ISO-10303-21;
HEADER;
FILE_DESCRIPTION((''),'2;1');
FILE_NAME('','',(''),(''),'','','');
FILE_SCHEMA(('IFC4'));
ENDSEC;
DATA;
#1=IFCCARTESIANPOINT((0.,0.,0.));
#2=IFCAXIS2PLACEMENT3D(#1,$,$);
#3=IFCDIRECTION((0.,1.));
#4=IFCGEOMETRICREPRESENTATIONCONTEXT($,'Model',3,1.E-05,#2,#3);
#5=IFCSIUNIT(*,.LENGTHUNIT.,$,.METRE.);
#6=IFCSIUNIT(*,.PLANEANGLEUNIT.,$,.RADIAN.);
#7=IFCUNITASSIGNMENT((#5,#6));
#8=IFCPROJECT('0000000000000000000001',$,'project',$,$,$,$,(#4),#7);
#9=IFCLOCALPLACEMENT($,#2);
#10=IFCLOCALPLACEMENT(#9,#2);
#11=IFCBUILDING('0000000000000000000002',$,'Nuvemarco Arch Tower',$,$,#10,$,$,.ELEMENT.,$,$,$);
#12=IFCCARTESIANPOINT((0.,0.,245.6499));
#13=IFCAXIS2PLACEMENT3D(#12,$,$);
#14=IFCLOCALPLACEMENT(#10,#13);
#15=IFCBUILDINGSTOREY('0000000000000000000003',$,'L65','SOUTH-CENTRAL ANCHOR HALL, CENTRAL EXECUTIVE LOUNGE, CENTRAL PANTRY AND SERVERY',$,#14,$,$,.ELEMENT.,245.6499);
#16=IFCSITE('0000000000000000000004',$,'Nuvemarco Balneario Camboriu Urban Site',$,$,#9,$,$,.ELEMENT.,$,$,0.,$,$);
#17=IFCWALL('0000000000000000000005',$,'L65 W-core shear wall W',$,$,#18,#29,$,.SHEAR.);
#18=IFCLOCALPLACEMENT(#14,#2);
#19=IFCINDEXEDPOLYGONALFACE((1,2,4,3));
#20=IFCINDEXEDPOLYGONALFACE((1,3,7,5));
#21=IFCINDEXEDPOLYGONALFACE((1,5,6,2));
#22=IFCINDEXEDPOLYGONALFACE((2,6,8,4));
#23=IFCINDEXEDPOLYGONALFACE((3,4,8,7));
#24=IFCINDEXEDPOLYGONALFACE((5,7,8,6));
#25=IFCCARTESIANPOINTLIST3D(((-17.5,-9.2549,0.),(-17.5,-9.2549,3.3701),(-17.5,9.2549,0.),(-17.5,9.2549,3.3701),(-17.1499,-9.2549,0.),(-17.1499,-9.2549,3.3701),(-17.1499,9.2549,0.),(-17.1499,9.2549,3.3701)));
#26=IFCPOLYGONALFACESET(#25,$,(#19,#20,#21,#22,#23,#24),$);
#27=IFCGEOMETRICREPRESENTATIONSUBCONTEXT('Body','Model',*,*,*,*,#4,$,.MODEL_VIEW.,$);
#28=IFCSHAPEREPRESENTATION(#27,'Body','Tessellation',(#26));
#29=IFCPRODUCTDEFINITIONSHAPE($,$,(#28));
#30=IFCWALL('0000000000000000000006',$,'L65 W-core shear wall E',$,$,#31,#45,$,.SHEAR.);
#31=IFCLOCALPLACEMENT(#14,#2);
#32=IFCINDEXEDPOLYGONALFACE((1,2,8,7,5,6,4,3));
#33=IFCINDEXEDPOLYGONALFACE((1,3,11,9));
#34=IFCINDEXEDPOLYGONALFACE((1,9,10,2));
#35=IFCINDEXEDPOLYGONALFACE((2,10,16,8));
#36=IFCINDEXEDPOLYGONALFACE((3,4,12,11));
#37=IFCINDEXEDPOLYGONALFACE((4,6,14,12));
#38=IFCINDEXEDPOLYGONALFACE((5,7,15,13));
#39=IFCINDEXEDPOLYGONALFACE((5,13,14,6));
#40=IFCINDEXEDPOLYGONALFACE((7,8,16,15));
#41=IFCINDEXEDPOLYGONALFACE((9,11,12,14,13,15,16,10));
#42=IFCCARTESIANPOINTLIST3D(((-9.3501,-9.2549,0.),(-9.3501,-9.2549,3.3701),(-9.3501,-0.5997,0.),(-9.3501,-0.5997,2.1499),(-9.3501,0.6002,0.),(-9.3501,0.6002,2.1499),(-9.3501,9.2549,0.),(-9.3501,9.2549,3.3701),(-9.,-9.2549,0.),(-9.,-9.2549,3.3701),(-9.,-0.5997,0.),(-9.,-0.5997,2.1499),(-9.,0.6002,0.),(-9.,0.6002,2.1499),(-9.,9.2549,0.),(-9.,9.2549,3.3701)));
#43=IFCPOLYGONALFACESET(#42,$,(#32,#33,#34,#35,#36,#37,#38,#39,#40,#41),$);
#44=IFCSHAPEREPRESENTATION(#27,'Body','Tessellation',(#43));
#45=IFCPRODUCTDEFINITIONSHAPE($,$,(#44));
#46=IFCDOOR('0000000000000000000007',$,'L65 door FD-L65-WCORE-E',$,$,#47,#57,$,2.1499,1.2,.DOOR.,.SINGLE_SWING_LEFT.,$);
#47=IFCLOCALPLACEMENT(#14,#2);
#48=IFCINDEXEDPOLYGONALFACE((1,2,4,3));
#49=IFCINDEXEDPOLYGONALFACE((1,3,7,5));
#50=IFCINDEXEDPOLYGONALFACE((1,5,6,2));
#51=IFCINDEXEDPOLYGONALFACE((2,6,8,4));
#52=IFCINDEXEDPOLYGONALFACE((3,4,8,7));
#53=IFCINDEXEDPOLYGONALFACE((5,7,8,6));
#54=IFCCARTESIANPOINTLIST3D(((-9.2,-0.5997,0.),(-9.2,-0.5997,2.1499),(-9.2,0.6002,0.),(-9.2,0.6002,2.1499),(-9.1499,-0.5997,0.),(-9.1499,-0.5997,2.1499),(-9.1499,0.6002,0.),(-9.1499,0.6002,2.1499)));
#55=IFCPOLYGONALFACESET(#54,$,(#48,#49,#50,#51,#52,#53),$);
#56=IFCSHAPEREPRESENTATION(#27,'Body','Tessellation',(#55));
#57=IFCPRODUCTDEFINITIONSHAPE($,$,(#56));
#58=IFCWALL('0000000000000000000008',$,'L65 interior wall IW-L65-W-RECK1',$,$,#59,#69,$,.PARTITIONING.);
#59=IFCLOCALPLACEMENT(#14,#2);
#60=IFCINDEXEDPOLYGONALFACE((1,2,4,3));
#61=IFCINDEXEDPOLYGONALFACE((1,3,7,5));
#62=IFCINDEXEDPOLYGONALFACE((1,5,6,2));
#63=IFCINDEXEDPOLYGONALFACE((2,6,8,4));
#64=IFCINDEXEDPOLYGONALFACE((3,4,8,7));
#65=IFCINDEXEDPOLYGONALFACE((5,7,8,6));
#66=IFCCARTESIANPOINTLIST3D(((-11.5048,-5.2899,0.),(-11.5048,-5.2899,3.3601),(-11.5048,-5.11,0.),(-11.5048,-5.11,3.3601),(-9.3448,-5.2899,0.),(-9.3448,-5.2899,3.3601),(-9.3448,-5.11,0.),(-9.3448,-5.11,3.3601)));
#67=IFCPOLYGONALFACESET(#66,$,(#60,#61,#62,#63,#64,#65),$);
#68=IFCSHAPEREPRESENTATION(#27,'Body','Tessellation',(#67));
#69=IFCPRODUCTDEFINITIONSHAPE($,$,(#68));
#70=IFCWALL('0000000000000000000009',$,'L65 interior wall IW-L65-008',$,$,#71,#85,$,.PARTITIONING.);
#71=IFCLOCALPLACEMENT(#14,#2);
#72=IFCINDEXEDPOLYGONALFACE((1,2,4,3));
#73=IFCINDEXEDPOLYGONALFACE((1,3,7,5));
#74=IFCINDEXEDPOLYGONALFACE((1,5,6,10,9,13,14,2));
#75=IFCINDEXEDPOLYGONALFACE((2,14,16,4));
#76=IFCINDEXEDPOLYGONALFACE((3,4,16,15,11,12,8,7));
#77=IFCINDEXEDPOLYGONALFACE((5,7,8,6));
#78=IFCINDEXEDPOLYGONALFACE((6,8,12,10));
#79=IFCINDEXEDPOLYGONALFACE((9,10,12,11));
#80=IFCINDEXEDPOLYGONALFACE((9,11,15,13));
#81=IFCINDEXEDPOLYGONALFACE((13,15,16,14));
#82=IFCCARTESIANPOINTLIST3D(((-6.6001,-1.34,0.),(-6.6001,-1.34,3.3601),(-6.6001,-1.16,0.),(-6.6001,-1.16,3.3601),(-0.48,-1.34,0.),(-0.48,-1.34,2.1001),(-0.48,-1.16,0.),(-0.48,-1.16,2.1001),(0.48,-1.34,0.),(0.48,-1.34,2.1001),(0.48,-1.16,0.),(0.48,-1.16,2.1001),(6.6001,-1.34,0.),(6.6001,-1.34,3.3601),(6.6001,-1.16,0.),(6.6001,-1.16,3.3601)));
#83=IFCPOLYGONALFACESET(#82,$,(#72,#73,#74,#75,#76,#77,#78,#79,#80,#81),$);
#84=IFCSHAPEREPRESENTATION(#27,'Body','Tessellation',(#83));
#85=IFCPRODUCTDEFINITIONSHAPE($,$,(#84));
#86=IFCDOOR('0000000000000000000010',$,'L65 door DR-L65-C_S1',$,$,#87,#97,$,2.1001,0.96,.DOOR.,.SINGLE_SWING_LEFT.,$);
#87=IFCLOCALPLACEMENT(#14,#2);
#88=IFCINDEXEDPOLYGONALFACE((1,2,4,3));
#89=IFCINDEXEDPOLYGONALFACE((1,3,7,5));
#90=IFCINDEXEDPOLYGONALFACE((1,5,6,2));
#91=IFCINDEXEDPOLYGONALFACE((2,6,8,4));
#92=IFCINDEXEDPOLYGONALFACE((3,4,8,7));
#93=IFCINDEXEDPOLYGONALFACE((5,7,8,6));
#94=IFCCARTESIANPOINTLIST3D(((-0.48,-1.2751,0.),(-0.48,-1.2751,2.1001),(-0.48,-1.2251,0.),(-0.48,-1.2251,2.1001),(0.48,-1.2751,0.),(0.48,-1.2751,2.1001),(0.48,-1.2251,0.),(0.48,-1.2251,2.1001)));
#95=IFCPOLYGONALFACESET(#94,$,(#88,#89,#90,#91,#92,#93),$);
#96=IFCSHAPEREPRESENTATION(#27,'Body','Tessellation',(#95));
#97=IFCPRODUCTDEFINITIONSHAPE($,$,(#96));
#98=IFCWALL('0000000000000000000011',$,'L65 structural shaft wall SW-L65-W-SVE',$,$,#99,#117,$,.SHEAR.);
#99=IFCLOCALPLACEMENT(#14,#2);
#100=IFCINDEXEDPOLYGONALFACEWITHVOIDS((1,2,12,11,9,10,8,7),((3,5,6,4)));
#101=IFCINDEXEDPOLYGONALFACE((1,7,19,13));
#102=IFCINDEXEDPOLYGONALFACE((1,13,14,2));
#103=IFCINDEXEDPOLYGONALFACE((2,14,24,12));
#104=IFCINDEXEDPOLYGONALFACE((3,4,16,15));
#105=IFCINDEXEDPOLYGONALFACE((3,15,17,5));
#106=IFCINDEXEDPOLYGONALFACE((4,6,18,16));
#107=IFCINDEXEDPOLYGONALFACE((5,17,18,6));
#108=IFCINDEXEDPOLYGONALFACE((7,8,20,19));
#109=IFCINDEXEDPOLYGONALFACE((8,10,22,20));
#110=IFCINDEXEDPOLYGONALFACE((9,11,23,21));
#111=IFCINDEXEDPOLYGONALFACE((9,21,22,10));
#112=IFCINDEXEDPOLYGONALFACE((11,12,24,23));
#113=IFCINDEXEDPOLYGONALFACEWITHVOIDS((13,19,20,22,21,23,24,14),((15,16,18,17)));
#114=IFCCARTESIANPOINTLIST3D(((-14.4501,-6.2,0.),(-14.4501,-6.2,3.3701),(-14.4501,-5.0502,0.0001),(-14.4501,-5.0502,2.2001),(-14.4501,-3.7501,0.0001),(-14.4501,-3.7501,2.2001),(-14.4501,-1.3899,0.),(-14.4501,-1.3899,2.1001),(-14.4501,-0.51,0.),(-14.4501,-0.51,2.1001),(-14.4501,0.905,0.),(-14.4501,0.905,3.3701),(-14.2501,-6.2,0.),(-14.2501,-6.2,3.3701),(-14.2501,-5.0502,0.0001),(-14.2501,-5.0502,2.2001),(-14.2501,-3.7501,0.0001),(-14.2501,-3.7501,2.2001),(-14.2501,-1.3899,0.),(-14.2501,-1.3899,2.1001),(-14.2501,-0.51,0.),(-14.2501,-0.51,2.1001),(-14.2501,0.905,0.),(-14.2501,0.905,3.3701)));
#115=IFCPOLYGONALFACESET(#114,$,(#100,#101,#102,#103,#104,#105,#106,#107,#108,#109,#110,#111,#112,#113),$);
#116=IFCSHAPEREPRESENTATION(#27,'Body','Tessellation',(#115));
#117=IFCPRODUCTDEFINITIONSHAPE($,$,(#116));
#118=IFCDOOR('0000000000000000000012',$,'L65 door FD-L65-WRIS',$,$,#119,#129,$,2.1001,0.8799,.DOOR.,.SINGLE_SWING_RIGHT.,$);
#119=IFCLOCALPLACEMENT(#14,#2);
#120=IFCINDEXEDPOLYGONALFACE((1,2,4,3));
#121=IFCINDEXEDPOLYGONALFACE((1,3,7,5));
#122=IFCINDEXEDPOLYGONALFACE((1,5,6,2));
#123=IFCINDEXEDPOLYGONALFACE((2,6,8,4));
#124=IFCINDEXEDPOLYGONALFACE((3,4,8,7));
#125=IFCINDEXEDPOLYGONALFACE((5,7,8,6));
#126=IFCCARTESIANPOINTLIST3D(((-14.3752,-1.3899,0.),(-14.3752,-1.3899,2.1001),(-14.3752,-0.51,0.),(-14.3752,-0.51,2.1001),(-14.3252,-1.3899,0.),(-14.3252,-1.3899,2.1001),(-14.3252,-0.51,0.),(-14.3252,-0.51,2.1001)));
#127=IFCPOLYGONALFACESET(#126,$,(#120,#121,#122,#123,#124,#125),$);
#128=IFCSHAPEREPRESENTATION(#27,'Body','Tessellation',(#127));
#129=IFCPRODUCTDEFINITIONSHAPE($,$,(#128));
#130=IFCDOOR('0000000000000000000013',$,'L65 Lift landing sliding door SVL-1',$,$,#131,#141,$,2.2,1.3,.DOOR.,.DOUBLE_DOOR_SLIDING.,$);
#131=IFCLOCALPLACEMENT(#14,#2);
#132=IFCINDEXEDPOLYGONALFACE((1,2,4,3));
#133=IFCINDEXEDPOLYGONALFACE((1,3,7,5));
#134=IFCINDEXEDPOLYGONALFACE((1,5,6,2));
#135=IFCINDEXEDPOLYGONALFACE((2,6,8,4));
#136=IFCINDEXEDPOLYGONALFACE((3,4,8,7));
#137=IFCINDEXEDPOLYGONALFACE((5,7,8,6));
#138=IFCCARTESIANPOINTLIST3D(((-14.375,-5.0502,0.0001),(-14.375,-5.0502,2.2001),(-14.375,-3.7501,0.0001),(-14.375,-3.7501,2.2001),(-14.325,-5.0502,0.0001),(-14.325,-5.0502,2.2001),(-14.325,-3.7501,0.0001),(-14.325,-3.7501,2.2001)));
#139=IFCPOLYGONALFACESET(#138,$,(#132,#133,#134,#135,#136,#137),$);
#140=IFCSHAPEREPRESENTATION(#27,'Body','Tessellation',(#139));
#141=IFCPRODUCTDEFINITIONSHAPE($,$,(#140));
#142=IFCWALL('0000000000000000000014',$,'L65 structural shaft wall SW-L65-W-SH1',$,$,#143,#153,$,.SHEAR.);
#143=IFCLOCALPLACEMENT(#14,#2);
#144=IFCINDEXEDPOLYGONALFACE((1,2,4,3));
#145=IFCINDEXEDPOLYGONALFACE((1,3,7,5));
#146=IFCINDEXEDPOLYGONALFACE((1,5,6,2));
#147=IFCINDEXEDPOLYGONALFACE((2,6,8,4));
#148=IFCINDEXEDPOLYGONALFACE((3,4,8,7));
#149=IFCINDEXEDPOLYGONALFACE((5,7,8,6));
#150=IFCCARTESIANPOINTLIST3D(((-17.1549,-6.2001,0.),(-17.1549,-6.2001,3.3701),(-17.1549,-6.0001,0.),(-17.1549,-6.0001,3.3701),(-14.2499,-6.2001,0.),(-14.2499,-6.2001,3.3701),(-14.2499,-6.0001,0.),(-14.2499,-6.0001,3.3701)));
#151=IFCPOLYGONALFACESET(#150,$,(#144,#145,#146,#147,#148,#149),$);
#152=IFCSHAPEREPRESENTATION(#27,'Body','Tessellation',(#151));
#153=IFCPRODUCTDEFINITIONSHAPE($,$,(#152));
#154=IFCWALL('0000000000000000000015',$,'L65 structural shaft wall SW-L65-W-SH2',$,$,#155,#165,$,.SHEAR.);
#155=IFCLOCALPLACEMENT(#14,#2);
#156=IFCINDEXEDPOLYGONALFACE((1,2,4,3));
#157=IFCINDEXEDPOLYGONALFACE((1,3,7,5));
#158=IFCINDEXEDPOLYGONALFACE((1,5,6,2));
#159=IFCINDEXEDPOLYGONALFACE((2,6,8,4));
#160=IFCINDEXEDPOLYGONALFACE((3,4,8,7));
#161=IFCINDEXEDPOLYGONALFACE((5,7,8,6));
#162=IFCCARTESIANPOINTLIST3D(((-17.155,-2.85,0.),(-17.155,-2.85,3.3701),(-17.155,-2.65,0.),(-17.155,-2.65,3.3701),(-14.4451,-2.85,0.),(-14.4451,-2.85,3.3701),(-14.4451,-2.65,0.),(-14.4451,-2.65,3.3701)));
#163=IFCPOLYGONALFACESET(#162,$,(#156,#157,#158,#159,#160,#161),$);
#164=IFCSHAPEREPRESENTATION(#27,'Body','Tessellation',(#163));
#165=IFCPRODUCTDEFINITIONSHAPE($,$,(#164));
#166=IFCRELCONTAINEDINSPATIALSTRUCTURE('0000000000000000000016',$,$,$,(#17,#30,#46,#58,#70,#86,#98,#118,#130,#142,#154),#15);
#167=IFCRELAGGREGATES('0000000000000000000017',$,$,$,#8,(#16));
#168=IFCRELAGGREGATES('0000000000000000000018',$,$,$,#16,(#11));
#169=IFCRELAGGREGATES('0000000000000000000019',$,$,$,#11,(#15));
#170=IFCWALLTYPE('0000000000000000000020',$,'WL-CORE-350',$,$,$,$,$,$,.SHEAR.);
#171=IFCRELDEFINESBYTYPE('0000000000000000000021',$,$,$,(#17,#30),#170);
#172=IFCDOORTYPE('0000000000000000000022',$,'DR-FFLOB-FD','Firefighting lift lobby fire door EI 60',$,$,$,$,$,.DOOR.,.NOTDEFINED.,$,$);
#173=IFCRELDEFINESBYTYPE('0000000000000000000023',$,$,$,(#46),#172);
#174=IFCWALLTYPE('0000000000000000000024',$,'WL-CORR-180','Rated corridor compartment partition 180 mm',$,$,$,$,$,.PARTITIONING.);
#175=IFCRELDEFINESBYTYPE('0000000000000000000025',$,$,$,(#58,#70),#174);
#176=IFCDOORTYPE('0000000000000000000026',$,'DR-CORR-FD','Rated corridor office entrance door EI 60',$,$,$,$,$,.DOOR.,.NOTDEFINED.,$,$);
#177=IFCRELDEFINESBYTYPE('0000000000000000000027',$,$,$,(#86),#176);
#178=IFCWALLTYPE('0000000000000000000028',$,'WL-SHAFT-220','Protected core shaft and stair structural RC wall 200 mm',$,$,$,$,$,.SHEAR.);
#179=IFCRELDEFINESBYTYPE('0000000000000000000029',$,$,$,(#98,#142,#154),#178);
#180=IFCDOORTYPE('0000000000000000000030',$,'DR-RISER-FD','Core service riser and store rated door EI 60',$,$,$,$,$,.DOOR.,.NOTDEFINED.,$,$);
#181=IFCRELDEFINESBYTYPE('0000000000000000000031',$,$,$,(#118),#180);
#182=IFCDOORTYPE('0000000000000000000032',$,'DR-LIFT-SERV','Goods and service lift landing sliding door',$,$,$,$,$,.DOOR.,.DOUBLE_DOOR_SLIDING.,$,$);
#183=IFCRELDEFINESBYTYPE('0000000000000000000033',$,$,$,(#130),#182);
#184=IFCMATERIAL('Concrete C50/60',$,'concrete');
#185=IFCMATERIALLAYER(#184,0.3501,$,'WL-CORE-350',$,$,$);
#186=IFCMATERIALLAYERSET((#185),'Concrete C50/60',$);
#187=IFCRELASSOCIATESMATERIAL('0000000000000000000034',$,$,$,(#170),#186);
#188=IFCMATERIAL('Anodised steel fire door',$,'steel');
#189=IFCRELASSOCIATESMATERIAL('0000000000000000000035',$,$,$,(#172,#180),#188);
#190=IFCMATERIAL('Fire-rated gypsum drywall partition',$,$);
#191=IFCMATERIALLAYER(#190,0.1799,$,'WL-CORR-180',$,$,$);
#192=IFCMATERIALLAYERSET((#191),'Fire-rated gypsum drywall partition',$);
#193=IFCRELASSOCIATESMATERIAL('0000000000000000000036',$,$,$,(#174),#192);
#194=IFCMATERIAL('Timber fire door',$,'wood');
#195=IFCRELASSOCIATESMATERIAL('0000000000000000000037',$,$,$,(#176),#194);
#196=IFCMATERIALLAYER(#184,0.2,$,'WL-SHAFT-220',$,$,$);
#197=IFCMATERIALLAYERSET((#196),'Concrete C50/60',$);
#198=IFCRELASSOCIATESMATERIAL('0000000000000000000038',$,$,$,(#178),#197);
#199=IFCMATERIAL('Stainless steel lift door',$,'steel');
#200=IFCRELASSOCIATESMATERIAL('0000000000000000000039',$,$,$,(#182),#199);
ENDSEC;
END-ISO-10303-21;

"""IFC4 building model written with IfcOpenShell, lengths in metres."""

from ifc_helpers import new_model, si_unit, direction, frame, frame_2d, origin, place, context, subcontext, project, spatial, rectangle, extrude, source, transform, mapped, material, layer, layer_set, type_object, type_shapes, element, fill, save


model = new_model("IFC4")

# Units and contexts
model_context = context("Model", 3, precision=1e-05, world=origin(), true_north=direction((0.0, 1.0)))
body_context = subcontext(model_context, "Body", "Model", "MODEL_VIEW")
ifc_project = project(units=[si_unit("LENGTHUNIT", "METRE"), si_unit("PLANEANGLEUNIT", "RADIAN")], contexts=[model_context])

# Site, building, storey
site_placement = place(None, origin())
site = spatial("IfcSite", under=ifc_project, at=site_placement, Name="Nuvemarco Balneario Camboriu Urban Site", CompositionType="ELEMENT", RefElevation=0.0)
building_placement = place(site_placement, origin())
building = spatial("IfcBuilding", under=site, at=building_placement, Name="Nuvemarco Arch Tower", CompositionType="ELEMENT")
storey_placement = place(building_placement, frame((0.0, 0.0, 245.6499)))
storey = spatial("IfcBuildingStorey", under=building, at=storey_placement, Name="L65", Description="SOUTH-CENTRAL ANCHOR HALL, CENTRAL EXECUTIVE LOUNGE, CENTRAL PANTRY AND SERVERY", CompositionType="ELEMENT", Elevation=245.6499)

# Shared definitions
ifc_material_1 = material(Name="Concrete C50/60", Category="concrete")

# Wall
ifc_layer_1 = layer(ifc_material_1, 0.3501, Name="WL-CORE-350")
ifc_layer_set_1 = layer_set([ifc_layer_1], Name="Concrete C50/60")
wall_type_1 = type_object("IfcWallType", Name="WL-CORE-350", PredefinedType="SHEAR", material=ifc_layer_set_1)
wall_1_placement = place(storey_placement, frame((-17.325, -9.2549, 0.0), z_axis=(0.0, 0.0, 1.0), x_axis=(0.0, 1.0, 0.0)))
element("IfcWall", 1, at=wall_1_placement, inside=storey, type_object=wall_type_1, Name="L65 W-core shear wall W", PredefinedType="SHEAR", context=body_context, shape_type="SweptSolid", body=[
    extrude(rectangle(XDim=18.5098, YDim=0.3501, at=frame_2d((9.2549, 0.0))), origin(), (0.0, 0.0, 1.0), 3.3701),
])

# Wall, opening, door
wall_2_placement = place(storey_placement, frame((-9.175, -9.2549, 0.0), z_axis=(0.0, 0.0, 1.0), x_axis=(0.0, 1.0, 0.0)))
wall_2 = element("IfcWall", 2, at=wall_2_placement, inside=storey, type_object=wall_type_1, Name="L65 W-core shear wall E", PredefinedType="SHEAR", context=body_context, shape_type="SweptSolid", body=[
    extrude(rectangle(XDim=18.5098, YDim=0.3501, at=frame_2d((9.2549, 0.0))), origin(), (0.0, 0.0, 1.0), 3.3701),
])
opening_1_placement = place(wall_2_placement, frame((8.655, 0.0, 0.0)))
opening_1 = element("IfcOpeningElement", 3, at=opening_1_placement, cuts=wall_2, PredefinedType="OPENING", context=body_context, shape_type="SweptSolid", body=[
    extrude(rectangle(XDim=1.2, YDim=2.1499, at=frame_2d((0.6001, 1.075))), frame((0.0, 0.1851, 0.0), z_axis=(0.0, -1.0, 0.0), x_axis=(1.0, 0.0, 0.0)), (0.0, 0.0, 1.0), 0.3701),
])
ifc_material_2 = material(Name="Anodised steel fire door", Category="steel")
door_type_1 = type_object("IfcDoorType", Name="DR-FFLOB-FD", Description="Firefighting lift lobby fire door EI 60", OperationType="NOTDEFINED", PredefinedType="DOOR", material=ifc_material_2)
shared_shape_1 = source(origin(), body_context, "Body", "SweptSolid", [
    extrude(rectangle(XDim=1.2, YDim=2.1499, at=frame_2d((0.6001, 1.075))), frame((0.0, 0.0249, 0.0), z_axis=(0.0, -1.0, 0.0), x_axis=(1.0, 0.0, 0.0)), (0.0, 0.0, 1.0), 0.05),
])
type_shapes(door_type_1, [shared_shape_1])
door_1_placement = place(opening_1_placement, origin())
door_1 = element("IfcDoor", 4, at=door_1_placement, inside=storey, type_object=door_type_1, Name="L65 door FD-L65-WCORE-E", OperationType="SINGLE_SWING_LEFT", OverallHeight=2.1499, OverallWidth=1.2, PredefinedType="DOOR", context=body_context, shape_type="MappedRepresentation", body=[
    mapped(shared_shape_1, transform((0.0, 0.0, 0.0), scale=1.0)),
])
fill(opening_1, door_1)

# Wall
ifc_material_3 = material(Name="Fire-rated gypsum drywall partition")
ifc_layer_2 = layer(ifc_material_3, 0.1799, Name="WL-CORR-180")
ifc_layer_set_2 = layer_set([ifc_layer_2], Name="Fire-rated gypsum drywall partition")
wall_type_2 = type_object("IfcWallType", Name="WL-CORR-180", Description="Rated corridor compartment partition 180 mm", PredefinedType="PARTITIONING", material=ifc_layer_set_2)
wall_3_placement = place(storey_placement, frame((-11.5049, -5.2, 0.0), z_axis=(0.0, 0.0, 1.0), x_axis=(1.0, 0.0, 0.0)))
element("IfcWall", 5, at=wall_3_placement, inside=storey, type_object=wall_type_2, Name="L65 interior wall IW-L65-W-RECK1", PredefinedType="PARTITIONING", context=body_context, shape_type="SweptSolid", body=[
    extrude(rectangle(XDim=2.1599, YDim=0.1799, at=frame_2d((1.0801, 0.0))), origin(), (0.0, 0.0, 1.0), 3.3601),
])

# Wall, opening, door
wall_4_placement = place(storey_placement, frame((-6.6001, -1.25, 0.0), z_axis=(0.0, 0.0, 1.0), x_axis=(1.0, 0.0, 0.0)))
wall_4 = element("IfcWall", 6, at=wall_4_placement, inside=storey, type_object=wall_type_2, Name="L65 interior wall IW-L65-008", PredefinedType="PARTITIONING", context=body_context, shape_type="SweptSolid", body=[
    extrude(rectangle(XDim=13.2002, YDim=0.1799, at=frame_2d((6.6001, 0.0))), origin(), (0.0, 0.0, 1.0), 3.3601),
])
opening_2_placement = place(wall_4_placement, frame((6.1201, 0.0, 0.0)))
opening_2 = element("IfcOpeningElement", 7, at=opening_2_placement, cuts=wall_4, PredefinedType="OPENING", context=body_context, shape_type="SweptSolid", body=[
    extrude(rectangle(XDim=0.96, YDim=2.1001, at=frame_2d((0.48, 1.05))), frame((0.0, 0.0999, 0.0), z_axis=(0.0, -1.0, 0.0), x_axis=(1.0, 0.0, 0.0)), (0.0, 0.0, 1.0), 0.2),
])
ifc_material_4 = material(Name="Timber fire door", Category="wood")
door_type_2 = type_object("IfcDoorType", Name="DR-CORR-FD", Description="Rated corridor office entrance door EI 60", OperationType="NOTDEFINED", PredefinedType="DOOR", material=ifc_material_4)
shared_shape_2 = source(origin(), body_context, "Body", "SweptSolid", [
    extrude(rectangle(XDim=0.96, YDim=2.1001, at=frame_2d((0.48, 1.05))), frame((0.0, 0.0249, 0.0), z_axis=(0.0, -1.0, 0.0), x_axis=(1.0, 0.0, 0.0)), (0.0, 0.0, 1.0), 0.05),
])
type_shapes(door_type_2, [shared_shape_2])
door_2_placement = place(opening_2_placement, origin())
door_2 = element("IfcDoor", 8, at=door_2_placement, inside=storey, type_object=door_type_2, Name="L65 door DR-L65-C_S1", OperationType="SINGLE_SWING_LEFT", OverallHeight=2.1001, OverallWidth=0.96, PredefinedType="DOOR", context=body_context, shape_type="MappedRepresentation", body=[
    mapped(shared_shape_2, transform((0.0, 0.0, 0.0), scale=1.0)),
])
fill(opening_2, door_2)
ifc_layer_3 = layer(ifc_material_1, 0.2, Name="WL-SHAFT-220")
ifc_layer_set_3 = layer_set([ifc_layer_3], Name="Concrete C50/60")
wall_type_3 = type_object("IfcWallType", Name="WL-SHAFT-220", Description="Protected core shaft and stair structural RC wall 200 mm", PredefinedType="SHEAR", material=ifc_layer_set_3)
ifc_material_5 = material(Name="Stainless steel lift door", Category="steel")

# Wall, openings, doors
wall_5_placement = place(storey_placement, frame((-14.3501, -6.2, 0.0), z_axis=(0.0, 0.0, 1.0), x_axis=(0.0, 1.0, 0.0)))
wall_5 = element("IfcWall", 9, at=wall_5_placement, inside=storey, type_object=wall_type_3, Name="L65 structural shaft wall SW-L65-W-SVE", PredefinedType="SHEAR", context=body_context, shape_type="SweptSolid", body=[
    extrude(rectangle(XDim=7.105, YDim=0.2, at=frame_2d((3.5525, 0.0))), origin(), (0.0, 0.0, 1.0), 3.3701),
])
opening_3_placement = place(wall_5_placement, frame((5.6899, 0.0, 0.0), z_axis=(0.0, 0.0, 1.0), x_axis=(-1.0, 0.0, 0.0)))
opening_3 = element("IfcOpeningElement", 10, at=opening_3_placement, cuts=wall_5, PredefinedType="OPENING", context=body_context, shape_type="SweptSolid", body=[
    extrude(rectangle(XDim=0.8799, YDim=2.1001, at=frame_2d((0.4399, 1.05))), frame((0.0, 0.1099, 0.0), z_axis=(0.0, -1.0, 0.0), x_axis=(1.0, 0.0, 0.0)), (0.0, 0.0, 1.0), 0.22),
])
opening_4_placement = place(wall_5_placement, frame((1.1499, 0.0, 0.0)))
opening_4 = element("IfcOpeningElement", 11, at=opening_4_placement, cuts=wall_5, PredefinedType="OPENING", context=body_context, shape_type="SweptSolid", body=[
    extrude(rectangle(XDim=1.3, YDim=2.2, at=frame_2d((0.6499, 1.1001))), frame((0.0, 0.1099, 0.0), z_axis=(0.0, -1.0, 0.0), x_axis=(1.0, 0.0, 0.0)), (0.0, 0.0, 1.0), 0.22),
])
door_type_3 = type_object("IfcDoorType", Name="DR-RISER-FD", Description="Core service riser and store rated door EI 60", OperationType="NOTDEFINED", PredefinedType="DOOR", material=ifc_material_2)
shared_shape_3 = source(origin(), body_context, "Body", "SweptSolid", [
    extrude(rectangle(XDim=0.8799, YDim=2.1001, at=frame_2d((0.4399, 1.05))), frame((0.0, 0.0249, 0.0), z_axis=(0.0, -1.0, 0.0), x_axis=(1.0, 0.0, 0.0)), (0.0, 0.0, 1.0), 0.05),
])
type_shapes(door_type_3, [shared_shape_3])
door_3_placement = place(opening_3_placement, origin())
door_3 = element("IfcDoor", 12, at=door_3_placement, inside=storey, type_object=door_type_3, Name="L65 door FD-L65-WRIS", OperationType="SINGLE_SWING_RIGHT", OverallHeight=2.1001, OverallWidth=0.8799, PredefinedType="DOOR", context=body_context, shape_type="MappedRepresentation", body=[
    mapped(shared_shape_3, transform((0.0, 0.0, 0.0), scale=1.0)),
])
fill(opening_3, door_3)
door_type_4 = type_object("IfcDoorType", Name="DR-LIFT-SERV", Description="Goods and service lift landing sliding door", OperationType="DOUBLE_DOOR_SLIDING", PredefinedType="DOOR", material=ifc_material_5)
shared_shape_4 = source(origin(), body_context, "Body", "SweptSolid", [
    extrude(rectangle(XDim=1.3, YDim=2.2, at=frame_2d((0.6499, 1.1001))), frame((0.0, 0.0249, 0.0), z_axis=(0.0, -1.0, 0.0), x_axis=(1.0, 0.0, 0.0)), (0.0, 0.0, 1.0), 0.05),
])
type_shapes(door_type_4, [shared_shape_4])
door_4_placement = place(opening_4_placement, origin())
door_4 = element("IfcDoor", 13, at=door_4_placement, inside=storey, type_object=door_type_4, Name="L65 Lift landing sliding door SVL-1", OperationType="DOUBLE_DOOR_SLIDING", OverallHeight=2.2, OverallWidth=1.3, PredefinedType="DOOR", context=body_context, shape_type="MappedRepresentation", body=[
    mapped(shared_shape_4, transform((0.0, 0.0, 0.0), scale=1.0)),
])
fill(opening_4, door_4)

# Walls
wall_6_placement = place(storey_placement, frame((-17.155, -6.1001, 0.0), z_axis=(0.0, 0.0, 1.0), x_axis=(1.0, 0.0, 0.0)))
element("IfcWall", 14, at=wall_6_placement, inside=storey, type_object=wall_type_3, Name="L65 structural shaft wall SW-L65-W-SH1", PredefinedType="SHEAR", context=body_context, shape_type="SweptSolid", body=[
    extrude(rectangle(XDim=2.905, YDim=0.2, at=frame_2d((1.4526, 0.0))), origin(), (0.0, 0.0, 1.0), 3.3701),
])
wall_7_placement = place(storey_placement, frame((-17.155, -2.75, 0.0), z_axis=(0.0, 0.0, 1.0), x_axis=(1.0, 0.0, 0.0)))
element("IfcWall", 15, at=wall_7_placement, inside=storey, type_object=wall_type_3, Name="L65 structural shaft wall SW-L65-W-SH2", PredefinedType="SHEAR", context=body_context, shape_type="SweptSolid", body=[
    extrude(rectangle(XDim=2.71, YDim=0.2, at=frame_2d((1.355, 0.0))), origin(), (0.0, 0.0, 1.0), 3.3701),
])

save(model, "model.ifc")
